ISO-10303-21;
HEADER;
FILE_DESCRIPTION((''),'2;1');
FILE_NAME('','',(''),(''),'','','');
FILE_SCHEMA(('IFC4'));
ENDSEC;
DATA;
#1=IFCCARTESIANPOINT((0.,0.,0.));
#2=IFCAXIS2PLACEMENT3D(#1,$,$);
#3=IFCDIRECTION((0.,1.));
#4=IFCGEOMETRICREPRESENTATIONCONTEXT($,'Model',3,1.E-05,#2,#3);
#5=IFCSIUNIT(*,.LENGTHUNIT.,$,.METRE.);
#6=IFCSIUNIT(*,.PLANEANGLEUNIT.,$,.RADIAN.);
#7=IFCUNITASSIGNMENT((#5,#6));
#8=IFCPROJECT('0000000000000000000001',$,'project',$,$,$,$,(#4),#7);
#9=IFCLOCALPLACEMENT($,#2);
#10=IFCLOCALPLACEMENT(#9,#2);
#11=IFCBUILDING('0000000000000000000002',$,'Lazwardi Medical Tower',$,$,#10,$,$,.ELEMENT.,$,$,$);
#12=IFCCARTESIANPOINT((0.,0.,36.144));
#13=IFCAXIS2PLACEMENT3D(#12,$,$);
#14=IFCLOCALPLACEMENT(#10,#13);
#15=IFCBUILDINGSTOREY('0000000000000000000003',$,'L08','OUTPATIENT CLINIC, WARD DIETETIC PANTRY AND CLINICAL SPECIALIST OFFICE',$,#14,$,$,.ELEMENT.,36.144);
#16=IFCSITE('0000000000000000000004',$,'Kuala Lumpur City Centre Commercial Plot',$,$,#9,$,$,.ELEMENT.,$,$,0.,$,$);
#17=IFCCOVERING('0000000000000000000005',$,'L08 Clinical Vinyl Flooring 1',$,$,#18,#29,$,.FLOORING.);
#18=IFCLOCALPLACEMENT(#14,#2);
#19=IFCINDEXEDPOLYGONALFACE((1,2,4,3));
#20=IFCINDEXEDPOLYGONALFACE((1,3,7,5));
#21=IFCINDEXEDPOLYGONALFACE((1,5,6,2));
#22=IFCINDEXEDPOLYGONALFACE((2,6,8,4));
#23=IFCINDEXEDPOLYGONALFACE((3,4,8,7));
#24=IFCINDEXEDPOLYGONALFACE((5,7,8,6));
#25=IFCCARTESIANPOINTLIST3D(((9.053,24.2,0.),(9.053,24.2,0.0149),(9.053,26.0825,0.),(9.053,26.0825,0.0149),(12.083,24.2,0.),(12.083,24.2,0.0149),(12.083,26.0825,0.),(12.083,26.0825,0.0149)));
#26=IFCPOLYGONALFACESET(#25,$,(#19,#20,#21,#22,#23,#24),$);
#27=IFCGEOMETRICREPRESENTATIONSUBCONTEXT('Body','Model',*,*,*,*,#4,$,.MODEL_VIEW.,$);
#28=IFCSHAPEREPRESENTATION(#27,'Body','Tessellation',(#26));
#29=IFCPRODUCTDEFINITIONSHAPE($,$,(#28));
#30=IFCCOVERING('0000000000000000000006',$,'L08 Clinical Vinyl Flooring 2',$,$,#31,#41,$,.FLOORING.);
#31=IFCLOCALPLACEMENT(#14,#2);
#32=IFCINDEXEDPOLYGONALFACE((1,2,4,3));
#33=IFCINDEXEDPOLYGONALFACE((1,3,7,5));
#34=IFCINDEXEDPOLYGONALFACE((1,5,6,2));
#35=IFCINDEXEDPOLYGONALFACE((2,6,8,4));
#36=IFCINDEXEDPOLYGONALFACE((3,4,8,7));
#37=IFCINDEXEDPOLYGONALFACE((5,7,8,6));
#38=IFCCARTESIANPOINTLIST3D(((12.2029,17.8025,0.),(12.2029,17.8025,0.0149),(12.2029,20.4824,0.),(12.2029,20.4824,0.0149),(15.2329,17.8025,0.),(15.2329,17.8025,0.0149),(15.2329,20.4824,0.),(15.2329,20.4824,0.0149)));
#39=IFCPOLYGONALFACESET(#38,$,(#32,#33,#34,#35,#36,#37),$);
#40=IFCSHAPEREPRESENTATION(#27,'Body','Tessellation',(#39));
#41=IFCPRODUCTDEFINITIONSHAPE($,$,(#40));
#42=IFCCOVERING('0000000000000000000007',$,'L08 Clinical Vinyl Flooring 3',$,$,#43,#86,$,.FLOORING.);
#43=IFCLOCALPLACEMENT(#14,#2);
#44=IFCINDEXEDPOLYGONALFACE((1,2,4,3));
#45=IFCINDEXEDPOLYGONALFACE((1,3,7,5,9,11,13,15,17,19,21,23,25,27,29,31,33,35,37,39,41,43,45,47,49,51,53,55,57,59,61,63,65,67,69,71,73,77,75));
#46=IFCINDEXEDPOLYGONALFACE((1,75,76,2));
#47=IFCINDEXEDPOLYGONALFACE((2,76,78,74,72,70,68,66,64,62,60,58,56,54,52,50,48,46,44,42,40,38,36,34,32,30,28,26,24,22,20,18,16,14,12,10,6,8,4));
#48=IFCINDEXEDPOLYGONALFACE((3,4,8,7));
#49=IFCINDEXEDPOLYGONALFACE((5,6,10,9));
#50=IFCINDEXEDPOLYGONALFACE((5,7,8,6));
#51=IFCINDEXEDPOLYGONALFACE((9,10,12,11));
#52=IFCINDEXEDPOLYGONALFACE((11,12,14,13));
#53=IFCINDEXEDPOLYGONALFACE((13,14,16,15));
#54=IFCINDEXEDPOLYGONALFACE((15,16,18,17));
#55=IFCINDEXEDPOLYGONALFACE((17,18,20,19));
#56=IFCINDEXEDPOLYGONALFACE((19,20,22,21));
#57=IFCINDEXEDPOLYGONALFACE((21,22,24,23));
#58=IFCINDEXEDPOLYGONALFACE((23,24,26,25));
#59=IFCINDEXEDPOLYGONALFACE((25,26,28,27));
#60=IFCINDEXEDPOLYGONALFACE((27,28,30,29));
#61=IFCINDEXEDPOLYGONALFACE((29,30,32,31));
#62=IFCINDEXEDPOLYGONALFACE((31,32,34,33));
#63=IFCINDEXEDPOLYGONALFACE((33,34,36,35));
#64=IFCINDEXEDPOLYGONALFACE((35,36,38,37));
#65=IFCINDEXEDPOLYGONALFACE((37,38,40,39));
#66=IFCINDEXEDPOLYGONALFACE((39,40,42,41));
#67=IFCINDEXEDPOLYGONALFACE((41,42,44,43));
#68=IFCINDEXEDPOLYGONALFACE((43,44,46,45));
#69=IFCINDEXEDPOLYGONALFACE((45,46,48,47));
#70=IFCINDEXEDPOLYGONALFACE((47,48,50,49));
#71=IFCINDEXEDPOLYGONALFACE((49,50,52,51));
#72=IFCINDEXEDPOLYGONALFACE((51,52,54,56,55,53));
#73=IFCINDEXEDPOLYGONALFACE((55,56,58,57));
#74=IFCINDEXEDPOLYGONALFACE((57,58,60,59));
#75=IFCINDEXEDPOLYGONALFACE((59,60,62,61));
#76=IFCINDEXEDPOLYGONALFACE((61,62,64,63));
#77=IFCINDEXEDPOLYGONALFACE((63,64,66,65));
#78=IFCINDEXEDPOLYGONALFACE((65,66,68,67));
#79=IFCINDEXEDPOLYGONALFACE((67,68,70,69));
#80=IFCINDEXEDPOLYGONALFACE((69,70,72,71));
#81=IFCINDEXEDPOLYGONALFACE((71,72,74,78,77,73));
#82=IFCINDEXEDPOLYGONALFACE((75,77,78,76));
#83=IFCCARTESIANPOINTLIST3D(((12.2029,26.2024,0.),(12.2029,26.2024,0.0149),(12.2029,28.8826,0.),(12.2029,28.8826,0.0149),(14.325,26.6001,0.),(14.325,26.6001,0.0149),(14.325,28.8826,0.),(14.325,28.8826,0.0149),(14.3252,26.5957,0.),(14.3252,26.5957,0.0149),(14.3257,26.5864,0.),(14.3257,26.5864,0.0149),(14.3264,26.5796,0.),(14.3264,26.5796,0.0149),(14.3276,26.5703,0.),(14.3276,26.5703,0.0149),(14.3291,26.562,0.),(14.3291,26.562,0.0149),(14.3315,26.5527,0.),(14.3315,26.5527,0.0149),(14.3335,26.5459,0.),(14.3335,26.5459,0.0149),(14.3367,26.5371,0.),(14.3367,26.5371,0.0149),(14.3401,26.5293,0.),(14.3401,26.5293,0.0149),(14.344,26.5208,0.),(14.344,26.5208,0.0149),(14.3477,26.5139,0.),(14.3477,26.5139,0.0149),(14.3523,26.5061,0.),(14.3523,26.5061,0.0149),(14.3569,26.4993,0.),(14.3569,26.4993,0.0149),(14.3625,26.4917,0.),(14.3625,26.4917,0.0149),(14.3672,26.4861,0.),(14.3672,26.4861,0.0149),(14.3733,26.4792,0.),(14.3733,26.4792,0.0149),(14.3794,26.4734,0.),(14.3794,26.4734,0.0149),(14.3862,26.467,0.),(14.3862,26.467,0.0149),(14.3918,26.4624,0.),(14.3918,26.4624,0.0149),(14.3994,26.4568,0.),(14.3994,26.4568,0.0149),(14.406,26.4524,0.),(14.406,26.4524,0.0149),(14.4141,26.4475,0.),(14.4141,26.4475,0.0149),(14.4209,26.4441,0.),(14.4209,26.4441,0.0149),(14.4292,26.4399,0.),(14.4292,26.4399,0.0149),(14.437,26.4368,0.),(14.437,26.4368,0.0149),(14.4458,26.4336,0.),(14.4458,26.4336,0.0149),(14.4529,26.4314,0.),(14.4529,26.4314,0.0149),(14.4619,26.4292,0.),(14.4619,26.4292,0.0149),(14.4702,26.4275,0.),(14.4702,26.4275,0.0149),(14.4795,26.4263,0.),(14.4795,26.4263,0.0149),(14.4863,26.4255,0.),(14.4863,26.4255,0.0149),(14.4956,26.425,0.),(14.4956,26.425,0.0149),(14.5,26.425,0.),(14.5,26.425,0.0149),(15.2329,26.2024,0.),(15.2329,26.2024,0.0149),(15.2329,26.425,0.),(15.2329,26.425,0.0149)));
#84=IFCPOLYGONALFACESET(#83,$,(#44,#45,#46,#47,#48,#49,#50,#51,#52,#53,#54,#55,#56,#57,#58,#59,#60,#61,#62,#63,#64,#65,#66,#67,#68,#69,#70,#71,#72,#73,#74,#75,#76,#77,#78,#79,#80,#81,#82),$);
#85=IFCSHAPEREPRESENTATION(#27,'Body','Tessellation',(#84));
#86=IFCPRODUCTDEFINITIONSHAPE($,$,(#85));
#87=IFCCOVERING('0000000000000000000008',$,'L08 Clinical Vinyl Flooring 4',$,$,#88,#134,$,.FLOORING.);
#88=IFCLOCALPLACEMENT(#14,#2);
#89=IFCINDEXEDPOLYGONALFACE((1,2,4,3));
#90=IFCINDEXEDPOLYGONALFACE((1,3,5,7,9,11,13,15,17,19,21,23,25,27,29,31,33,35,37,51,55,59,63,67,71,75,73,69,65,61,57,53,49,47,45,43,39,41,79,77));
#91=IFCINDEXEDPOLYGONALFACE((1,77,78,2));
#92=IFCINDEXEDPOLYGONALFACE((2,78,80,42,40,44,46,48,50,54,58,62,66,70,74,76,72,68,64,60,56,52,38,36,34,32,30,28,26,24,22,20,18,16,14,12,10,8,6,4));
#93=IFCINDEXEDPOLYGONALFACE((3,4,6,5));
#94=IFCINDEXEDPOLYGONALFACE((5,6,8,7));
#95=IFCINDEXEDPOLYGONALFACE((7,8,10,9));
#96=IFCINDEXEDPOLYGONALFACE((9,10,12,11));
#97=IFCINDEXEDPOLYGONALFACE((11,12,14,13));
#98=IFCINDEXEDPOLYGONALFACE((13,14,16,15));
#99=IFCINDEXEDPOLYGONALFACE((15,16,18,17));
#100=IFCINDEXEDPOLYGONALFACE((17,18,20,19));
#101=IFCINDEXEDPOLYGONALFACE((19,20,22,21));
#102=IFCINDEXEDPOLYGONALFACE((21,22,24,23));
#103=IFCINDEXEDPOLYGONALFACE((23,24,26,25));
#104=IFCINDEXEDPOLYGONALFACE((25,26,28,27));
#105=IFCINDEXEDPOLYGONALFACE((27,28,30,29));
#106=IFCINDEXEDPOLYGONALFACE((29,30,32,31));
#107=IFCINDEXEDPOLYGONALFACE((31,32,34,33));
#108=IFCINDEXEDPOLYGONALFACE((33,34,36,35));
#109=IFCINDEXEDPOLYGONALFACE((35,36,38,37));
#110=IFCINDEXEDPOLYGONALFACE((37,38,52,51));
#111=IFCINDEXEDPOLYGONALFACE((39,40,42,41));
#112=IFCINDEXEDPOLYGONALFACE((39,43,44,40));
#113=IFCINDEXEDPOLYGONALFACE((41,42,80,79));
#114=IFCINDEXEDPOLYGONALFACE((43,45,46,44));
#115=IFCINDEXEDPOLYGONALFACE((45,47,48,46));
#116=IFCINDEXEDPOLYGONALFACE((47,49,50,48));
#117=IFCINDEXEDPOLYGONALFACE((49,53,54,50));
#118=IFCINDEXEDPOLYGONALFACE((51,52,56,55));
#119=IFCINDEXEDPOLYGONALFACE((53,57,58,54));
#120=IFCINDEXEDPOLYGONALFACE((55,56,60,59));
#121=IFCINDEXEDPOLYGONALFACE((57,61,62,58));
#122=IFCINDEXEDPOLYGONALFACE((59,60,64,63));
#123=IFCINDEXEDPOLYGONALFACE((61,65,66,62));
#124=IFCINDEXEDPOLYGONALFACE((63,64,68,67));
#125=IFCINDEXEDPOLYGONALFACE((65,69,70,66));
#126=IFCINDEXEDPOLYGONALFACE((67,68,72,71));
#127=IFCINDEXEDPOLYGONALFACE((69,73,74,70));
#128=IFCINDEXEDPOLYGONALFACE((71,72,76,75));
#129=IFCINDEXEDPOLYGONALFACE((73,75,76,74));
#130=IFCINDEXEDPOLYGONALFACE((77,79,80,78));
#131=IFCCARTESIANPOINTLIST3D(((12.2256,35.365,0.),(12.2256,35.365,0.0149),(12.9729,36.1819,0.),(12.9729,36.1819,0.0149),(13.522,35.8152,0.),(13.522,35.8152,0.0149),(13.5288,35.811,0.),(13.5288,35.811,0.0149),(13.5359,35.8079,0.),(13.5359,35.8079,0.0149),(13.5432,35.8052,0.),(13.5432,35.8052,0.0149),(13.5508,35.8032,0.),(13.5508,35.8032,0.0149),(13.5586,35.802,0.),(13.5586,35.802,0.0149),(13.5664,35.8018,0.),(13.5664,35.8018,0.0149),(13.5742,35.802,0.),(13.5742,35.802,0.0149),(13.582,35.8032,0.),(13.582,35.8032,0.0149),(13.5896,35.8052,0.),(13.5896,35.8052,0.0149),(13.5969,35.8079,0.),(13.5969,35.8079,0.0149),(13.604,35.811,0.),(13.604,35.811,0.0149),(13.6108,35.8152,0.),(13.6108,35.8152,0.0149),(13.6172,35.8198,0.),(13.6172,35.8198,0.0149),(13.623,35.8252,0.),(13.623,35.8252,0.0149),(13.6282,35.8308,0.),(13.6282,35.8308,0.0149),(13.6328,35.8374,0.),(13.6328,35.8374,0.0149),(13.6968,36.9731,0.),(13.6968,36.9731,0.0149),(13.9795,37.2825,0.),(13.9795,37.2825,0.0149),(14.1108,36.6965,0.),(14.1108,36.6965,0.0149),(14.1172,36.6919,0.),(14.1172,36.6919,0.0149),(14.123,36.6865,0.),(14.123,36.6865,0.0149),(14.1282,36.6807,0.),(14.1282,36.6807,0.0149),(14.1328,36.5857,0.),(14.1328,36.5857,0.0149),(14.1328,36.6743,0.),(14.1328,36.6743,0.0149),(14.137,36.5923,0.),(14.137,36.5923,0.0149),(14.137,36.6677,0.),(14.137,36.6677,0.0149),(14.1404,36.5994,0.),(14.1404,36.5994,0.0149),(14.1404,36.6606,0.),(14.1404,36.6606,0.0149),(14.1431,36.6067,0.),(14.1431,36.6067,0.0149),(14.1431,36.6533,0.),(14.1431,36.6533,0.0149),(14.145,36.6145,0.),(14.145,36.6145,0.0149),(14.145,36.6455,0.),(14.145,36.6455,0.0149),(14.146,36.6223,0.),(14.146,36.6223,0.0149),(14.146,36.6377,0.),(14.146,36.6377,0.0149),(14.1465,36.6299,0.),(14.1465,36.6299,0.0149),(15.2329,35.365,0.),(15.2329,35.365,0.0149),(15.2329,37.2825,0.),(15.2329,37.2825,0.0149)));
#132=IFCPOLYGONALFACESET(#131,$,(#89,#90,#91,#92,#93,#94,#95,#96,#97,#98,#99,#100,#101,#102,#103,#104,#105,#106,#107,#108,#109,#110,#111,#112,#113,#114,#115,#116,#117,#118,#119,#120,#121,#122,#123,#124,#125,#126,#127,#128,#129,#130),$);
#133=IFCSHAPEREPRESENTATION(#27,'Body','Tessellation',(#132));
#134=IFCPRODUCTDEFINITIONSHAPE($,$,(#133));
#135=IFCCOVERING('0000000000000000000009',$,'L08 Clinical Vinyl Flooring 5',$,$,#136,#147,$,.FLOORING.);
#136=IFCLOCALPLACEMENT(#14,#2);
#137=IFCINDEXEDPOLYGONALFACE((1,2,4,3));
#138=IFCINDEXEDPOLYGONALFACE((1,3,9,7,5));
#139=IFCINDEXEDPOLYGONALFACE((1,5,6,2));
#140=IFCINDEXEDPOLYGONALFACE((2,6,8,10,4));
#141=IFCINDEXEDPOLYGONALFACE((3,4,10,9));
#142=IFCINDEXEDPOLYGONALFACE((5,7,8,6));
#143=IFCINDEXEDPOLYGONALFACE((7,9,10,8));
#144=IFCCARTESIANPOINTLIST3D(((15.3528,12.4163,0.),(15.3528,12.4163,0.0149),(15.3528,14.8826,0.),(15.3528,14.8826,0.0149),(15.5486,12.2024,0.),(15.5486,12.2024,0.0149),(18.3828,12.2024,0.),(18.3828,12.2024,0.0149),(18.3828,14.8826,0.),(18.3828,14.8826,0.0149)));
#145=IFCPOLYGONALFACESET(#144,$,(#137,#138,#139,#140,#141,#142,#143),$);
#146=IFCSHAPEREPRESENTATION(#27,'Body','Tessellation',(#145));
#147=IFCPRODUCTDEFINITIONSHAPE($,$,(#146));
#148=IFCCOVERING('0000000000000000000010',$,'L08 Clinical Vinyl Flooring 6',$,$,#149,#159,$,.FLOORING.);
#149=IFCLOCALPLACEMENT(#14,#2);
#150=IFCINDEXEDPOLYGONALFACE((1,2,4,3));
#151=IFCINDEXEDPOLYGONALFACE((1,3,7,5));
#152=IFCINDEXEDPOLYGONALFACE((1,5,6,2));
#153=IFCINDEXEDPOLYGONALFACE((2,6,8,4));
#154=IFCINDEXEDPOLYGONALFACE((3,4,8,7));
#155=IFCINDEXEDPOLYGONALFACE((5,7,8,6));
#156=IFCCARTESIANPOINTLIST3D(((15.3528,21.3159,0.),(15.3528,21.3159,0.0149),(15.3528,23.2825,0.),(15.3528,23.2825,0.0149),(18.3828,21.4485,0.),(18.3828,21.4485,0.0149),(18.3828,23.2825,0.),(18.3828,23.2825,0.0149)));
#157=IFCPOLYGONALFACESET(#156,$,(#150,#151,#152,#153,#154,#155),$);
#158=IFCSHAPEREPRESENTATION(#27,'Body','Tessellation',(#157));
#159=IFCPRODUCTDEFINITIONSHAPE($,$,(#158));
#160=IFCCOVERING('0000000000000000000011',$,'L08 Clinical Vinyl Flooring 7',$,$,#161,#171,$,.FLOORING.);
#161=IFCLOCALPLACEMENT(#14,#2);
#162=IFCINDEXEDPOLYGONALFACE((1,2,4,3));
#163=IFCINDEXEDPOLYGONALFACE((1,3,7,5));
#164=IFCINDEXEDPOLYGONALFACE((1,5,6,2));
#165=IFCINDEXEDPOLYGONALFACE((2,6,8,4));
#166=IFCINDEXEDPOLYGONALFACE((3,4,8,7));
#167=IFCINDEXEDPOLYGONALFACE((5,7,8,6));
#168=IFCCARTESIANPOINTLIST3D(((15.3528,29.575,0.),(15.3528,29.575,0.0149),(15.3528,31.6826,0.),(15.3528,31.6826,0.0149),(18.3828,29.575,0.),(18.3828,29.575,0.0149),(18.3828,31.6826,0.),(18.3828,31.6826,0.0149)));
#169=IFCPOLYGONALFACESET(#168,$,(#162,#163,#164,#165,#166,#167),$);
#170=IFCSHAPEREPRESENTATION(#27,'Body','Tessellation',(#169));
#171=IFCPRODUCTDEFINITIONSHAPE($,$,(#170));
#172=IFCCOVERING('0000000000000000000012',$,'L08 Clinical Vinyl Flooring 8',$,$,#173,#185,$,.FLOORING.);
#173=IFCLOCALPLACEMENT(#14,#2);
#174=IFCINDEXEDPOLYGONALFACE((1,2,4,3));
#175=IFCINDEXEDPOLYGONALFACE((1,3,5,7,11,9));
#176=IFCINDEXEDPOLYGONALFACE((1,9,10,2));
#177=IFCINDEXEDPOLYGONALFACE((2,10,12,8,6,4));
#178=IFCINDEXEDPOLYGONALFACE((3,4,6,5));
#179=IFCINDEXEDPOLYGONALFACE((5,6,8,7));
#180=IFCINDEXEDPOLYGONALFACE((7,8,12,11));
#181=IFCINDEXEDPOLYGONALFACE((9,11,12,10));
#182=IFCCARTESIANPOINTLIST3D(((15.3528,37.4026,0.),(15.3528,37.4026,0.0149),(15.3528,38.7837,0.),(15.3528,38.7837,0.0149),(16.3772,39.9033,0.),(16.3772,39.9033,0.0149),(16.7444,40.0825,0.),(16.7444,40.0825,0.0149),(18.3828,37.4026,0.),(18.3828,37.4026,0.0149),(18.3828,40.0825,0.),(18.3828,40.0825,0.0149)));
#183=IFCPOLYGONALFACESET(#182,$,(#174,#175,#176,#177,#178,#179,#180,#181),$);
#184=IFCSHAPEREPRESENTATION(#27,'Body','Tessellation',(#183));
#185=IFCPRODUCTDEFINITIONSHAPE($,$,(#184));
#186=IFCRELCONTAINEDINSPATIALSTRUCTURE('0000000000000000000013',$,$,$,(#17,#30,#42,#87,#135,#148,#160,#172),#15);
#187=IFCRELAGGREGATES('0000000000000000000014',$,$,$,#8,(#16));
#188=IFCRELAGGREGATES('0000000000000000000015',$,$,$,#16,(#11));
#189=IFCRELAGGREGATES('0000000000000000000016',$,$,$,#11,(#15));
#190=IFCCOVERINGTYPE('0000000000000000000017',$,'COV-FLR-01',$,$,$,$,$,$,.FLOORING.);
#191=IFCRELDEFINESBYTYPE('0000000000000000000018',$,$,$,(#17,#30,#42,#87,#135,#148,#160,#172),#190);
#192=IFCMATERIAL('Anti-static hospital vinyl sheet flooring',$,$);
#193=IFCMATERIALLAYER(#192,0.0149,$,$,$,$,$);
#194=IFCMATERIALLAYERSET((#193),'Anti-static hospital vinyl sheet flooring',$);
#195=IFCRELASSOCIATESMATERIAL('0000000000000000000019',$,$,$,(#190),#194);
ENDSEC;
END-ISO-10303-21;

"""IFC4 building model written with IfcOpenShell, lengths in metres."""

from ifc_helpers import new_model, si_unit, direction, frame, origin, place, context, subcontext, project, spatial, polyline, outline, extrude, material, layer, layer_set, type_object, element, save


model = new_model("IFC4")

# Units and contexts
model_context = context("Model", 3, precision=1e-05, world=origin(), true_north=direction((0.0, 1.0)))
body_context = subcontext(model_context, "Body", "Model", "MODEL_VIEW")
ifc_project = project(units=[si_unit("LENGTHUNIT", "METRE"), si_unit("PLANEANGLEUNIT", "RADIAN")], contexts=[model_context])

# Site, building, storey
site_placement = place(None, origin())
site = spatial("IfcSite", under=ifc_project, at=site_placement, Name="Kuala Lumpur City Centre Commercial Plot", CompositionType="ELEMENT", RefElevation=0.0)
building_placement = place(site_placement, origin())
building = spatial("IfcBuilding", under=site, at=building_placement, Name="Lazwardi Medical Tower", CompositionType="ELEMENT")
storey_placement = place(building_placement, frame((0.0, 0.0, 36.144)))
storey = spatial("IfcBuildingStorey", under=building, at=storey_placement, Name="L08", Description="OUTPATIENT CLINIC, WARD DIETETIC PANTRY AND CLINICAL SPECIALIST OFFICE", CompositionType="ELEMENT", Elevation=36.144)

# Coverings
ifc_material_1 = material(Name="Anti-static hospital vinyl sheet flooring")
ifc_layer_1 = layer(ifc_material_1, 0.0149)
ifc_layer_set_1 = layer_set([ifc_layer_1], Name="Anti-static hospital vinyl sheet flooring")
covering_type_1 = type_object("IfcCoveringType", Name="COV-FLR-01", PredefinedType="FLOORING", material=ifc_layer_set_1)
covering_1_placement = place(storey_placement, origin())
element("IfcCovering", 1, at=covering_1_placement, inside=storey, type_object=covering_type_1, Name="L08 Clinical Vinyl Flooring 1", PredefinedType="FLOORING", context=body_context, shape_type="SweptSolid", body=[
    extrude(outline(polyline([(9.053, 24.2), (12.083, 24.2), (12.083, 26.0825), (9.053, 26.0825), (9.053, 24.2)])), origin(), (0.0, 0.0, 1.0), 0.0149),
])
covering_2_placement = place(storey_placement, origin())
element("IfcCovering", 2, at=covering_2_placement, inside=storey, type_object=covering_type_1, Name="L08 Clinical Vinyl Flooring 2", PredefinedType="FLOORING", context=body_context, shape_type="SweptSolid", body=[
    extrude(outline(polyline([(15.2329, 17.8025), (15.2329, 20.4824), (12.2029, 20.4824), (12.2029, 17.8025), (15.2329, 17.8025)])), origin(), (0.0, 0.0, 1.0), 0.0149),
])
covering_3_placement = place(storey_placement, origin())
element("IfcCovering", 3, at=covering_3_placement, inside=storey, type_object=covering_type_1, Name="L08 Clinical Vinyl Flooring 3", PredefinedType="FLOORING", context=body_context, shape_type="SweptSolid", body=[
    extrude(outline(polyline([(15.2329, 26.425), (14.5, 26.425), (14.4956, 26.425), (14.4863, 26.4255), (14.4795, 26.4263), (14.4702, 26.4275), (14.4619, 26.4292), (14.4529, 26.4314), (14.4458, 26.4336), (14.437, 26.4368), (14.4292, 26.4399), (14.4209, 26.4441), (14.4141, 26.4475), (14.406, 26.4524), (14.3994, 26.4568), (14.3918, 26.4624), (14.3862, 26.467), (14.3794, 26.4734), (14.3733, 26.4792), (14.3672, 26.4861), (14.3625, 26.4917), (14.3569, 26.4993), (14.3523, 26.5061), (14.3477, 26.5139), (14.344, 26.5208), (14.3401, 26.5293), (14.3367, 26.5371), (14.3335, 26.5459), (14.3315, 26.5527), (14.3291, 26.562), (14.3276, 26.5703), (14.3264, 26.5796), (14.3257, 26.5864), (14.3252, 26.5957), (14.325, 26.6001), (14.325, 28.8826), (12.2029, 28.8826), (12.2029, 26.2024), (15.2329, 26.2024), (15.2329, 26.425)])), origin(), (0.0, 0.0, 1.0), 0.0149),
])
covering_4_placement = place(storey_placement, origin())
element("IfcCovering", 4, at=covering_4_placement, inside=storey, type_object=covering_type_1, Name="L08 Clinical Vinyl Flooring 4", PredefinedType="FLOORING", context=body_context, shape_type="SweptSolid", body=[
    extrude(outline(polyline([(13.9795, 37.2825), (13.6968, 36.9731), (14.1108, 36.6965), (14.1172, 36.6919), (14.123, 36.6865), (14.1282, 36.6807), (14.1328, 36.6743), (14.137, 36.6677), (14.1404, 36.6606), (14.1431, 36.6533), (14.145, 36.6455), (14.146, 36.6377), (14.1465, 36.6299), (14.146, 36.6223), (14.145, 36.6145), (14.1431, 36.6067), (14.1404, 36.5994), (14.137, 36.5923), (14.1328, 36.5857), (13.6328, 35.8374), (13.6282, 35.8308), (13.623, 35.8252), (13.6172, 35.8198), (13.6108, 35.8152), (13.604, 35.811), (13.5969, 35.8079), (13.5896, 35.8052), (13.582, 35.8032), (13.5742, 35.802), (13.5664, 35.8018), (13.5586, 35.802), (13.5508, 35.8032), (13.5432, 35.8052), (13.5359, 35.8079), (13.5288, 35.811), (13.522, 35.8152), (12.9729, 36.1819), (12.2256, 35.365), (15.2329, 35.365), (15.2329, 37.2825), (13.9795, 37.2825)])), origin(), (0.0, 0.0, 1.0), 0.0149),
])
covering_5_placement = place(storey_placement, origin())
element("IfcCovering", 5, at=covering_5_placement, inside=storey, type_object=covering_type_1, Name="L08 Clinical Vinyl Flooring 5", PredefinedType="FLOORING", context=body_context, shape_type="SweptSolid", body=[
    extrude(outline(polyline([(15.3528, 12.4163), (15.5486, 12.2024), (18.3828, 12.2024), (18.3828, 14.8826), (15.3528, 14.8826), (15.3528, 12.4163)])), origin(), (0.0, 0.0, 1.0), 0.0149),
])
covering_6_placement = place(storey_placement, origin())
element("IfcCovering", 6, at=covering_6_placement, inside=storey, type_object=covering_type_1, Name="L08 Clinical Vinyl Flooring 6", PredefinedType="FLOORING", context=body_context, shape_type="SweptSolid", body=[
    extrude(outline(polyline([(15.3528, 21.3159), (18.3828, 21.4485), (18.3828, 23.2825), (15.3528, 23.2825), (15.3528, 21.3159)])), origin(), (0.0, 0.0, 1.0), 0.0149),
])
covering_7_placement = place(storey_placement, origin())
element("IfcCovering", 7, at=covering_7_placement, inside=storey, type_object=covering_type_1, Name="L08 Clinical Vinyl Flooring 7", PredefinedType="FLOORING", context=body_context, shape_type="SweptSolid", body=[
    extrude(outline(polyline([(15.3528, 29.575), (18.3828, 29.575), (18.3828, 31.6826), (15.3528, 31.6826), (15.3528, 29.575)])), origin(), (0.0, 0.0, 1.0), 0.0149),
])
covering_8_placement = place(storey_placement, origin())
element("IfcCovering", 8, at=covering_8_placement, inside=storey, type_object=covering_type_1, Name="L08 Clinical Vinyl Flooring 8", PredefinedType="FLOORING", context=body_context, shape_type="SweptSolid", body=[
    extrude(outline(polyline([(16.7444, 40.0825), (16.3772, 39.9033), (15.3528, 38.7837), (15.3528, 37.4026), (18.3828, 37.4026), (18.3828, 40.0825), (16.7444, 40.0825)])), origin(), (0.0, 0.0, 1.0), 0.0149),
])

save(model, "model.ifc")
